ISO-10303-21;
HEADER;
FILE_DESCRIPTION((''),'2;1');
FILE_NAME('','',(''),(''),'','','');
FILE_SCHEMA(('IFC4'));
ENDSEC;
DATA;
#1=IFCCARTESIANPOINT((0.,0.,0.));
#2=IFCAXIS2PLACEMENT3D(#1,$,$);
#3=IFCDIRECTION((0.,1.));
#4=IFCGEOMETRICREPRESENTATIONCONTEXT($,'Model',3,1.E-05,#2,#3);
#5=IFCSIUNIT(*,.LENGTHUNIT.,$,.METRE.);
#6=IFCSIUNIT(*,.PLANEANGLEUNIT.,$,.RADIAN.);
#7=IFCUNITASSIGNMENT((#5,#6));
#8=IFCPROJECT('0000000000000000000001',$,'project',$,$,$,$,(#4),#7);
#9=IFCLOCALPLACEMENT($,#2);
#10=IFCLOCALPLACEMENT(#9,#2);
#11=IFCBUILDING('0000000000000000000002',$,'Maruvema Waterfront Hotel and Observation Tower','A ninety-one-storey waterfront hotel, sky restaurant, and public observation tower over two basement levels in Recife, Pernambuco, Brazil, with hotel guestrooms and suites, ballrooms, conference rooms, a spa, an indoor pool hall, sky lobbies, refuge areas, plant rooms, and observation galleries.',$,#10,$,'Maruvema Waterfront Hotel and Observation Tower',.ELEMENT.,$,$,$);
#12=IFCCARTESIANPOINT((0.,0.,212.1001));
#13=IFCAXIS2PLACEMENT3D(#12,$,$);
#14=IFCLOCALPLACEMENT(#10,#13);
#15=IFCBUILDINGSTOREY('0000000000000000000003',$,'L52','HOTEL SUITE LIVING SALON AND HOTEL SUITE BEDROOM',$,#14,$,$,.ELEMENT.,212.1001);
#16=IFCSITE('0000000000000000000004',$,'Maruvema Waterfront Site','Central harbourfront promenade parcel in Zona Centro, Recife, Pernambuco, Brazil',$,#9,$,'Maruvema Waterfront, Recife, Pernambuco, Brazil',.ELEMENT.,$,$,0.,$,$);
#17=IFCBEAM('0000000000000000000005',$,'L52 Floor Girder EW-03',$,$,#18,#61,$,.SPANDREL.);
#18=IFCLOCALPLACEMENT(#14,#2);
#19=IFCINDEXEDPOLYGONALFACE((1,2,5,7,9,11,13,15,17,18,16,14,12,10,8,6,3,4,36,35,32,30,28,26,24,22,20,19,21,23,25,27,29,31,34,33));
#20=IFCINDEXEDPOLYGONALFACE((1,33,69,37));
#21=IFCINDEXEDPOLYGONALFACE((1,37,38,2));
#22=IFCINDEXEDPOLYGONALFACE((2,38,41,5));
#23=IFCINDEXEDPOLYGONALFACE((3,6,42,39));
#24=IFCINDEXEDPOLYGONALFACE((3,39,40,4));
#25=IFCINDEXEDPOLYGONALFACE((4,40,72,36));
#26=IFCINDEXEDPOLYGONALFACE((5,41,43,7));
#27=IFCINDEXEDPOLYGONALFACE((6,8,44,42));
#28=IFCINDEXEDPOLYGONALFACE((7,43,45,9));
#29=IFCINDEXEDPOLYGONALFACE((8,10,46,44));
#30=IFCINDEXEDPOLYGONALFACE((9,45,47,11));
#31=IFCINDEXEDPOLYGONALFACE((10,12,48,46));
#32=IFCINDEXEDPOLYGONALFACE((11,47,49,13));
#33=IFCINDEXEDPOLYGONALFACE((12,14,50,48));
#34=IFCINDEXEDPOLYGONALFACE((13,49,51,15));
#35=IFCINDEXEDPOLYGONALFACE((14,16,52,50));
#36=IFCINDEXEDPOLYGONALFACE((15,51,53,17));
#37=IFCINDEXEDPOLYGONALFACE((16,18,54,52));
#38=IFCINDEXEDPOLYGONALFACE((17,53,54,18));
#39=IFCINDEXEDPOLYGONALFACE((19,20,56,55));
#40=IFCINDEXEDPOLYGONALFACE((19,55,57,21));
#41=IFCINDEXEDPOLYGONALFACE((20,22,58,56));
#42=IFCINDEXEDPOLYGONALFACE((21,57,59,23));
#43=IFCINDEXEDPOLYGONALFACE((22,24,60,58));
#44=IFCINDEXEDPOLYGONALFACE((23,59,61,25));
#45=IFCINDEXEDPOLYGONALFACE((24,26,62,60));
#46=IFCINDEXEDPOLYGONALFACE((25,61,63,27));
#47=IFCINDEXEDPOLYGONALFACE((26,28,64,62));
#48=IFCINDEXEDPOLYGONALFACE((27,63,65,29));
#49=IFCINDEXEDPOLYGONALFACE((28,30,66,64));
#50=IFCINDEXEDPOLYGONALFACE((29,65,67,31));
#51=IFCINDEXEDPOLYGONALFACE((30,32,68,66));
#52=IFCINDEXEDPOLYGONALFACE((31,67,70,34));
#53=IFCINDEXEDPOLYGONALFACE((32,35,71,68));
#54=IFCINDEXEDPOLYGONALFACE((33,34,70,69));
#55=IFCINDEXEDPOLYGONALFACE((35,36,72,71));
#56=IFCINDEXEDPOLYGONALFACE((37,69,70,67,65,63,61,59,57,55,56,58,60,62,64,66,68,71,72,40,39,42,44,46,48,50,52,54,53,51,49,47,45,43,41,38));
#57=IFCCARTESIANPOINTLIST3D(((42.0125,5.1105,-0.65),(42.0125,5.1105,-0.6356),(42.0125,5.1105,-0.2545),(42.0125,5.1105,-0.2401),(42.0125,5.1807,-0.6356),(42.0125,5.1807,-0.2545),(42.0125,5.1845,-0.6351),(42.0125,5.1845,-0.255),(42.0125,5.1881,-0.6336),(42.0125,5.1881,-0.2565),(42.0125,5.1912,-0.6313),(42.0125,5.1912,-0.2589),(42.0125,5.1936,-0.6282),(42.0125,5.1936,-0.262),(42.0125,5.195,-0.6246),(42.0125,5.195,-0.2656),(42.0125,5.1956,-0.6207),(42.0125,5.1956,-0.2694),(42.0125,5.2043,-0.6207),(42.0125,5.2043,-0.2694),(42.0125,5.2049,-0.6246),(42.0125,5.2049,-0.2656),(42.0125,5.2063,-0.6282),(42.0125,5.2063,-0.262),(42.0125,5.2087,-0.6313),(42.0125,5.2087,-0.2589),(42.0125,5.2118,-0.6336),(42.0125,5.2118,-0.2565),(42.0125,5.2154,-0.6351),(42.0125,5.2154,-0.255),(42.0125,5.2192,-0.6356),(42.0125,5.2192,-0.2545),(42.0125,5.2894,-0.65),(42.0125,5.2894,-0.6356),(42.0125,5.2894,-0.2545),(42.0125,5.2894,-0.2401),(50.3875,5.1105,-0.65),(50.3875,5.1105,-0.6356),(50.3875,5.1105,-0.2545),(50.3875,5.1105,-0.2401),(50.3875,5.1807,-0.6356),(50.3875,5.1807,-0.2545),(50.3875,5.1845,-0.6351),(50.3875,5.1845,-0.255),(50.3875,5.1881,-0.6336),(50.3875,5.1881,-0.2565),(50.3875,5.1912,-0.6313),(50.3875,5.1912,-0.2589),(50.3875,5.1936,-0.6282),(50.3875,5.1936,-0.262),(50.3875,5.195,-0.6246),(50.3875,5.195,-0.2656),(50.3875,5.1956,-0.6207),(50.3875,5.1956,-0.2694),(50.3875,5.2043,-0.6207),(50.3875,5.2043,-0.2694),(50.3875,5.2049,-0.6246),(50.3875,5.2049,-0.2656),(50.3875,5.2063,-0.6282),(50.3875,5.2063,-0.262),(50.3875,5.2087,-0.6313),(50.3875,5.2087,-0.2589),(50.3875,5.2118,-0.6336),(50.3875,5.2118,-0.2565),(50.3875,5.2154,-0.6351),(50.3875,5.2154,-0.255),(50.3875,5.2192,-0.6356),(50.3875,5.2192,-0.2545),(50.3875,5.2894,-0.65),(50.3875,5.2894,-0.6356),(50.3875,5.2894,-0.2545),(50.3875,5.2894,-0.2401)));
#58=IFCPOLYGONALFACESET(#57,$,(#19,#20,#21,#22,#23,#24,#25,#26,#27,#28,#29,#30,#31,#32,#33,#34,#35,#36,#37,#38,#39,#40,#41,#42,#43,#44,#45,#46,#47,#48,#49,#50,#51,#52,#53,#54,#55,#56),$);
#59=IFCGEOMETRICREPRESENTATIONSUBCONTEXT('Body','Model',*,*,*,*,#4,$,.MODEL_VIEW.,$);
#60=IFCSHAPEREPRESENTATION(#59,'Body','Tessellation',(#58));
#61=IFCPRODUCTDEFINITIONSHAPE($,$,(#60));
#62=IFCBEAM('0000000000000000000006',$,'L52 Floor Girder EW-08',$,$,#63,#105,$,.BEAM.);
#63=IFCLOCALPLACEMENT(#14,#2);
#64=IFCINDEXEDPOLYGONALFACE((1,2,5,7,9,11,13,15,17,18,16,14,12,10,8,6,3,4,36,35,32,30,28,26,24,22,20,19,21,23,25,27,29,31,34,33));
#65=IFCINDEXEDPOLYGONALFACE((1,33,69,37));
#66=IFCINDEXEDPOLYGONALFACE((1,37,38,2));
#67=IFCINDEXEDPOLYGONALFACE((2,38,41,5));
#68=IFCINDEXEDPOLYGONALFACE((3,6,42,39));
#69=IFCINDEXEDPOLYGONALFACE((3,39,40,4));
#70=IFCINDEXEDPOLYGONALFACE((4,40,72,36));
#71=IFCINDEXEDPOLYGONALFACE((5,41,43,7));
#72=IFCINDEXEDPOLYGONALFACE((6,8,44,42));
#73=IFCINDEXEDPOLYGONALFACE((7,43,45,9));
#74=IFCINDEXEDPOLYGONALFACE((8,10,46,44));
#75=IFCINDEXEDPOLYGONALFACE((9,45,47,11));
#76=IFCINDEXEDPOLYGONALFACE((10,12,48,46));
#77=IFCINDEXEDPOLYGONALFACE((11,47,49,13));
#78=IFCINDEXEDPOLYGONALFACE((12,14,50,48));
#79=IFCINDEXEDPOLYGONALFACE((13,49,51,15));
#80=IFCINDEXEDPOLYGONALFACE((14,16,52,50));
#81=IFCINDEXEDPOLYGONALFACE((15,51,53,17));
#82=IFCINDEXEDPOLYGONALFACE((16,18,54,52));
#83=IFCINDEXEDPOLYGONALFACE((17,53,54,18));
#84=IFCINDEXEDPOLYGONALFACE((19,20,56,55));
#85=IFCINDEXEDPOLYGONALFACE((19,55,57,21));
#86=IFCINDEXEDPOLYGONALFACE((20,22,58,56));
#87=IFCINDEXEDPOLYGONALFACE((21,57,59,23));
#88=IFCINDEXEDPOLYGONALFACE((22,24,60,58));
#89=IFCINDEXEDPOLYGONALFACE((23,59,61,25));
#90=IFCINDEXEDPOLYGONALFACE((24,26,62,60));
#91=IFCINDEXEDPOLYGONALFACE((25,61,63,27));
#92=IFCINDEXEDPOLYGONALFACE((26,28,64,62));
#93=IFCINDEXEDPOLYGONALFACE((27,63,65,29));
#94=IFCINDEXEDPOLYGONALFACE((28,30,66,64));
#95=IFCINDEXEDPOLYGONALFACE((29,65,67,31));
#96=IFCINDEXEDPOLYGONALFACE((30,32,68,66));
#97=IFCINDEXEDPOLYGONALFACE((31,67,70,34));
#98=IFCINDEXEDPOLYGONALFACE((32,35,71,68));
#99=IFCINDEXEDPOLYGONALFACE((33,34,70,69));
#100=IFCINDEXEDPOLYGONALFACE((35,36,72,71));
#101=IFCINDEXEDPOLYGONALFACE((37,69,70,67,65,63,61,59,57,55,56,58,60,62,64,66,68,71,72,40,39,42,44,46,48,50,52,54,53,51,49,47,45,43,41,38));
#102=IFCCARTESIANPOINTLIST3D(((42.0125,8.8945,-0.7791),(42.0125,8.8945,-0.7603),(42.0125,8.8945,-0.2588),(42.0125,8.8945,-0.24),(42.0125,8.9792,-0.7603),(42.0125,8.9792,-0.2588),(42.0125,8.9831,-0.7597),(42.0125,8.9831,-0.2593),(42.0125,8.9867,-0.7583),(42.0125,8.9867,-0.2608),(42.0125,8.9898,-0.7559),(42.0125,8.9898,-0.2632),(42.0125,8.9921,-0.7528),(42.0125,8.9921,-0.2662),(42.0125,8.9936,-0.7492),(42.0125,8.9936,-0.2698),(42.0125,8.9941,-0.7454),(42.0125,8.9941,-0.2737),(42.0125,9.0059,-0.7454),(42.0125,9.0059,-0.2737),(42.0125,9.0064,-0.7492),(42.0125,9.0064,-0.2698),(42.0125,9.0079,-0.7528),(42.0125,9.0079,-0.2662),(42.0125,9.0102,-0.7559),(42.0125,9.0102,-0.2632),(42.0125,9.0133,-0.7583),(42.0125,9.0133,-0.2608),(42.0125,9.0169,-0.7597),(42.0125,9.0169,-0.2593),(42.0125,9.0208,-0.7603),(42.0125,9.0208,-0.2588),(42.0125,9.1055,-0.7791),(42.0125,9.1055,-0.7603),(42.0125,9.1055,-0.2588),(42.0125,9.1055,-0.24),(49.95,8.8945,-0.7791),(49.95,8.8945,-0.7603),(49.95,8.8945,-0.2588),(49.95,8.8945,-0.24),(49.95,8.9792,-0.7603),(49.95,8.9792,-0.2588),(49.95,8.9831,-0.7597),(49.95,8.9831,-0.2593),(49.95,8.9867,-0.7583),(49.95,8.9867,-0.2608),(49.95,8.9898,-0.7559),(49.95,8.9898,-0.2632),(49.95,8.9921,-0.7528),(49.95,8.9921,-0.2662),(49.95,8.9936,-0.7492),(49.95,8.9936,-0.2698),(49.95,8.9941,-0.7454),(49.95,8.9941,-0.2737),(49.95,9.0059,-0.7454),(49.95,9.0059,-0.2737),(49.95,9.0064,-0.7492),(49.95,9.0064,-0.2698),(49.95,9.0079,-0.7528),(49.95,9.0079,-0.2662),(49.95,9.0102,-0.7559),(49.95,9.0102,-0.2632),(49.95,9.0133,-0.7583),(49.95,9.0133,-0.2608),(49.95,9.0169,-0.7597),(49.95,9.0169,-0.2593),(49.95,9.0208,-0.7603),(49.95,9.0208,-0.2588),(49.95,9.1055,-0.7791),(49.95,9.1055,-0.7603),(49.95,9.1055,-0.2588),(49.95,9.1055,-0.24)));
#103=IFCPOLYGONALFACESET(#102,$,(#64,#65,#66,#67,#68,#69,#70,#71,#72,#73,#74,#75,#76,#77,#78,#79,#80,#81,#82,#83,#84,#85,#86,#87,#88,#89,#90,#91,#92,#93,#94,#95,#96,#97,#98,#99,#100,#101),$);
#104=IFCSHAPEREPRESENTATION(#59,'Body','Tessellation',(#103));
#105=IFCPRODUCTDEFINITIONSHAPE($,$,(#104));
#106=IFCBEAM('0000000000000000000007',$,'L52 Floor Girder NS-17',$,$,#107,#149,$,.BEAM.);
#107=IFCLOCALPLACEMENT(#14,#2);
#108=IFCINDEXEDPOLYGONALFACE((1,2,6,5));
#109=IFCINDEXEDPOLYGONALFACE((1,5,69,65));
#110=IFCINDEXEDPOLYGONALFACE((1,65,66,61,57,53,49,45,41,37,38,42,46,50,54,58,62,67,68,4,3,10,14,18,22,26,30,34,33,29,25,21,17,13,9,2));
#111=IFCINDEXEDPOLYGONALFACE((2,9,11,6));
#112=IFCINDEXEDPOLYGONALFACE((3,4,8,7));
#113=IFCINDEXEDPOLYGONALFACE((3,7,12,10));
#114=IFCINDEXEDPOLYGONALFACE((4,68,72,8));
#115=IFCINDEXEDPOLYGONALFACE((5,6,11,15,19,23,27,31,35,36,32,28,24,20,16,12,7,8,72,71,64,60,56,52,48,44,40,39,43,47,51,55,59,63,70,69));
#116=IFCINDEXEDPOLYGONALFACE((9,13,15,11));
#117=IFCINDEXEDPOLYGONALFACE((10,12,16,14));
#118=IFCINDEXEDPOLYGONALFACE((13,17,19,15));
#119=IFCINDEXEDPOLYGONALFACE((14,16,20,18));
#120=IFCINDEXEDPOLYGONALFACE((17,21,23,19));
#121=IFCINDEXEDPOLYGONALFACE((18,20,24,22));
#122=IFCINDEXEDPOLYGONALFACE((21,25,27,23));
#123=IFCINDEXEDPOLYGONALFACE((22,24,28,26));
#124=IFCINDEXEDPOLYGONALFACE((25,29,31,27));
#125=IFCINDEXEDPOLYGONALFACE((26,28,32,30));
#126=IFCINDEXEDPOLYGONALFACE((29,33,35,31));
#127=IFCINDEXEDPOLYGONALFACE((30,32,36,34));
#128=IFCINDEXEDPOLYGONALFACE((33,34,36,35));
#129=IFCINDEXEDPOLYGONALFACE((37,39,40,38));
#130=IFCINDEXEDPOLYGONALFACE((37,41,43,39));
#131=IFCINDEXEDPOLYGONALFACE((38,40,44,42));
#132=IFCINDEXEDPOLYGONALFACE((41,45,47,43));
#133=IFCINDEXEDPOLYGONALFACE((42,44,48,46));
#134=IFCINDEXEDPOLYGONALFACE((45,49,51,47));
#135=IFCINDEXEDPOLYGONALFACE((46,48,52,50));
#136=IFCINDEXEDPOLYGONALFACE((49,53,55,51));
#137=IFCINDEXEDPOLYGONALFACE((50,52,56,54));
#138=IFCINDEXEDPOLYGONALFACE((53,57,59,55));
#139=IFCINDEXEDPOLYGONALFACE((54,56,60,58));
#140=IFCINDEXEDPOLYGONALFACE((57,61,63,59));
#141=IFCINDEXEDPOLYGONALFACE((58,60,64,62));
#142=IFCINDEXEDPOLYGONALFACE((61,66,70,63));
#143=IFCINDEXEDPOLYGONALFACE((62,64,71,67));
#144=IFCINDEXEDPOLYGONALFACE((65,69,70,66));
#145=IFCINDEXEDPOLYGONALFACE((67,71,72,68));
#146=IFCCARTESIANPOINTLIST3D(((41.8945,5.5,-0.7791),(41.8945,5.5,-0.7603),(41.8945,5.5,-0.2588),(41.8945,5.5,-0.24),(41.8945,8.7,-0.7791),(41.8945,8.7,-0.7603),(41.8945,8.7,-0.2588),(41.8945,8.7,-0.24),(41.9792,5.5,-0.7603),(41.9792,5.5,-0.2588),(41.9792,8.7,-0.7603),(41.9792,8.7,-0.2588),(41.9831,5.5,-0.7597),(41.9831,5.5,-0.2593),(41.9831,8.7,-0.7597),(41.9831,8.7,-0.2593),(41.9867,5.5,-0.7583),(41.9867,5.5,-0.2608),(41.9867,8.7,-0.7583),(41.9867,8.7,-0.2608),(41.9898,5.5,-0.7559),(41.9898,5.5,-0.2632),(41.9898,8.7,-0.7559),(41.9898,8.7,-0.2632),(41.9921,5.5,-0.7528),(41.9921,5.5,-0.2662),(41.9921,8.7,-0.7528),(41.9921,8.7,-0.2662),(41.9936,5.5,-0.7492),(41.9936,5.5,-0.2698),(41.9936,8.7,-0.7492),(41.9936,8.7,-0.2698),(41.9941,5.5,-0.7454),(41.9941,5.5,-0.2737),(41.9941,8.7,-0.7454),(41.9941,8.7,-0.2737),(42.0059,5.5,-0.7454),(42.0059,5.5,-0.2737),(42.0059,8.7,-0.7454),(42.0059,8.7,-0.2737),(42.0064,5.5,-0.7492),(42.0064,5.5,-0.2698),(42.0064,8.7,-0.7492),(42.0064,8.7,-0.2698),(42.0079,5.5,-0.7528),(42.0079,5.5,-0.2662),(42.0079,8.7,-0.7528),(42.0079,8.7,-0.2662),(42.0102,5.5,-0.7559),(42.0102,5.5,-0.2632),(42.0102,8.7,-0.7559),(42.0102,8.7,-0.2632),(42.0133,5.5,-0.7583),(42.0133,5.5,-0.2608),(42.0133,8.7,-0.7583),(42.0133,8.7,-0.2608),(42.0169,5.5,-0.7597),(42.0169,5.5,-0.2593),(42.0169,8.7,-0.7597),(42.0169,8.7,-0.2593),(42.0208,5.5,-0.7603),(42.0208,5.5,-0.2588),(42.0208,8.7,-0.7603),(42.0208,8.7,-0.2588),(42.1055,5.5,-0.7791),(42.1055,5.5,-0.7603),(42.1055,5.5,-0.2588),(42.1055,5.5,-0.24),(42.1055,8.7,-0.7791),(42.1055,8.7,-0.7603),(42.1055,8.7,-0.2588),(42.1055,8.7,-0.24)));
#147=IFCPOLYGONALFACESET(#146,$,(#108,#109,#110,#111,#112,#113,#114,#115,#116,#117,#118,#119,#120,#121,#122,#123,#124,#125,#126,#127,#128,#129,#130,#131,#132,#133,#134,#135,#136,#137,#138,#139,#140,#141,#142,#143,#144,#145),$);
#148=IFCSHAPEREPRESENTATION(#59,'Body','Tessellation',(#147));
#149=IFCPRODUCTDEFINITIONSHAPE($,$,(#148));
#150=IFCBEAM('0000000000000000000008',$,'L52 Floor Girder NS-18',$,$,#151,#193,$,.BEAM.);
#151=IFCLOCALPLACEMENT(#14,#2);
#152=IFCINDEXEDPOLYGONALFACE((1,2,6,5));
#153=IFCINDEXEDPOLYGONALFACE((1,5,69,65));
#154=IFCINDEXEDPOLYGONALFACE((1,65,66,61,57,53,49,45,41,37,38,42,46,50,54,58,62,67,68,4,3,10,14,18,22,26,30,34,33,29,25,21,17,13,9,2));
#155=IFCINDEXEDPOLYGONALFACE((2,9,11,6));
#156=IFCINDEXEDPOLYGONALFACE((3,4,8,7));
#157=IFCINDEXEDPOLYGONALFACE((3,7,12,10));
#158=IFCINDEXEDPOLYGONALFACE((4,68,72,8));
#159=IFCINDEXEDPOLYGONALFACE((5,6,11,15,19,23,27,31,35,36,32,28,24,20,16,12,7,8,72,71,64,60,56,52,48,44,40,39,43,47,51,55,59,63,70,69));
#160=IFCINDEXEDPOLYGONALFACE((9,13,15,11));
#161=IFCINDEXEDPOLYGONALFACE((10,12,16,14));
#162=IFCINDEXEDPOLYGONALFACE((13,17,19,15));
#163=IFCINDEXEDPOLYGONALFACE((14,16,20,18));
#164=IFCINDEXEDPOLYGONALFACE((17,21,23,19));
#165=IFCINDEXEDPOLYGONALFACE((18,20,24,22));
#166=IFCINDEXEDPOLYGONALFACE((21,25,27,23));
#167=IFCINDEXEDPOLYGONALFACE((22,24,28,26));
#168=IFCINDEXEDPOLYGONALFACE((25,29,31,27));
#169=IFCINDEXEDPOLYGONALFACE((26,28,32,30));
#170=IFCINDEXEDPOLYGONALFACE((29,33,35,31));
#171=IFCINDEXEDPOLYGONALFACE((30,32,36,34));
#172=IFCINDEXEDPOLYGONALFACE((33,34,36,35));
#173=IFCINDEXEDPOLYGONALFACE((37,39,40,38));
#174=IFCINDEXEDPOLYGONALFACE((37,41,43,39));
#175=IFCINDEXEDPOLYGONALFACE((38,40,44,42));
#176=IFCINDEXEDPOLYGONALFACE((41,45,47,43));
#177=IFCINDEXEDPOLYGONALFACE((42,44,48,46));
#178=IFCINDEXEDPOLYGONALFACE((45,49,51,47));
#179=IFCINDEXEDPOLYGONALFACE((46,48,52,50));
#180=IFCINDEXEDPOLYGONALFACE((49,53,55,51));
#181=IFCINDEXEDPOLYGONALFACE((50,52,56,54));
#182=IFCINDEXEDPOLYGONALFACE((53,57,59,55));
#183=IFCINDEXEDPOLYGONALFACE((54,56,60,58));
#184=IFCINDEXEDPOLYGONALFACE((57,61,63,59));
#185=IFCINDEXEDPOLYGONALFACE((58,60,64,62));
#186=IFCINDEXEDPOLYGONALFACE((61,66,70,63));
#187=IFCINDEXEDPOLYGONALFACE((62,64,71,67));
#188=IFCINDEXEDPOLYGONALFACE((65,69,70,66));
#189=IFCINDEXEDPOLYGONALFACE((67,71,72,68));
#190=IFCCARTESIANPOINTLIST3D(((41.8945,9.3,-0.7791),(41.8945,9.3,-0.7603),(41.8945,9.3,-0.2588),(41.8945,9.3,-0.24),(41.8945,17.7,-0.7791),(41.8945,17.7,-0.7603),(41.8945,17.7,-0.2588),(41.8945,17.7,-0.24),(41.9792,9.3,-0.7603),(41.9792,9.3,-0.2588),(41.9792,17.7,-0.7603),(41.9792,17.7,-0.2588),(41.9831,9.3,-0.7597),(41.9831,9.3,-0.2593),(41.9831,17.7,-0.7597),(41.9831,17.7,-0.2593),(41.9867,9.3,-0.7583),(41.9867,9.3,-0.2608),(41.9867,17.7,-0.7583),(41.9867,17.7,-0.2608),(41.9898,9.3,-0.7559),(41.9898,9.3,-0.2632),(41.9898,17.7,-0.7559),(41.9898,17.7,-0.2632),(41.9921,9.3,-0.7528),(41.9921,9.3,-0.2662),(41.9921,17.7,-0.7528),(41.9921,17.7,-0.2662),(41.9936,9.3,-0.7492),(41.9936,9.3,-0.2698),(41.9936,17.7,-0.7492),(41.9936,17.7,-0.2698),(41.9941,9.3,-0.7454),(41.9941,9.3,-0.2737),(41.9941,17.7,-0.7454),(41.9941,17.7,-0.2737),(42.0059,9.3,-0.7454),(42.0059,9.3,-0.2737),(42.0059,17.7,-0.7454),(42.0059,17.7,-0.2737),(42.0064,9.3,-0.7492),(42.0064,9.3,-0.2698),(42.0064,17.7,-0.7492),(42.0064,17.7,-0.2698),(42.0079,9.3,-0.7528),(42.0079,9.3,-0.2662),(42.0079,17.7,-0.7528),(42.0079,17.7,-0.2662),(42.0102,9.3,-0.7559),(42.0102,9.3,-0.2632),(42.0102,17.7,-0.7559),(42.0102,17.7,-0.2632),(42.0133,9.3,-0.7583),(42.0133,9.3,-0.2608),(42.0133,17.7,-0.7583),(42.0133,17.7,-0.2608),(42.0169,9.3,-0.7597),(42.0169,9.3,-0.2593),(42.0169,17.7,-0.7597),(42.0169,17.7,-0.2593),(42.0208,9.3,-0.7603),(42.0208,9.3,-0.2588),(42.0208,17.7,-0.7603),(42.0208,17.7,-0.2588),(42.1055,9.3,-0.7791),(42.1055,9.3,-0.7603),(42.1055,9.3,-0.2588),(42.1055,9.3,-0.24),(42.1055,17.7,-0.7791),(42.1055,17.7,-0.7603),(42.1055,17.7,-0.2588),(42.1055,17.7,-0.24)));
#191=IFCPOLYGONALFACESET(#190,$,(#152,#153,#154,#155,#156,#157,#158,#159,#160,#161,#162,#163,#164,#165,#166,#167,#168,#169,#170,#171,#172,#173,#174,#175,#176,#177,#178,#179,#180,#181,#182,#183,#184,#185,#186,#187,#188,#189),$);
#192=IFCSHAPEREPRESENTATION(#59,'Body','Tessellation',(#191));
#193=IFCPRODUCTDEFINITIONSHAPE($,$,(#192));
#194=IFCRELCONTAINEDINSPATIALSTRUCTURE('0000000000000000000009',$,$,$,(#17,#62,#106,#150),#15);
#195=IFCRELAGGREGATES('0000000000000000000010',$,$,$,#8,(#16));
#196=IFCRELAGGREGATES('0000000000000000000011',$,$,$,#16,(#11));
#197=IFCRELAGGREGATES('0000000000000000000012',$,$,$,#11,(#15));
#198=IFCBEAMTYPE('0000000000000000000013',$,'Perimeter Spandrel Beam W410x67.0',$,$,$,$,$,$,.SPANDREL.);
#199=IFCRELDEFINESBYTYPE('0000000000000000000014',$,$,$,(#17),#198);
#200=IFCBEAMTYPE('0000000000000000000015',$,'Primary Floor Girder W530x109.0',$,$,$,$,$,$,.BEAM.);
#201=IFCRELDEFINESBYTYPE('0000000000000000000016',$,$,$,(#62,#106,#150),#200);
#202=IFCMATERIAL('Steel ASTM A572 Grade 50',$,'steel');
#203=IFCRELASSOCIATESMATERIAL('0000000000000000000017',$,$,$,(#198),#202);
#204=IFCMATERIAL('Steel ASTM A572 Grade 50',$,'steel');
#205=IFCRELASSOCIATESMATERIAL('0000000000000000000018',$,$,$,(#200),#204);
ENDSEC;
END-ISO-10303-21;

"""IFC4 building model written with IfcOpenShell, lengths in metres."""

from ifc_helpers import new_model, si_unit, direction, frame, origin, origin_2d, place, context, subcontext, project, spatial, i_section, extrude, material, material_profile, profile_set, type_object, element, save


model = new_model("IFC4")

# Units and contexts
model_context = context("Model", 3, precision=1e-05, world=origin(), true_north=direction((0.0, 1.0)))
body_context = subcontext(model_context, "Body", "Model", "MODEL_VIEW")
ifc_project = project(units=[si_unit("LENGTHUNIT", "METRE"), si_unit("PLANEANGLEUNIT", "RADIAN")], contexts=[model_context])

# Site, building, storey
site_placement = place(None, origin())
site = spatial("IfcSite", under=ifc_project, at=site_placement, Name="Maruvema Waterfront Site", Description="Central harbourfront promenade parcel in Zona Centro, Recife, Pernambuco, Brazil", LongName="Maruvema Waterfront, Recife, Pernambuco, Brazil", CompositionType="ELEMENT", RefElevation=0.0)
building_placement = place(site_placement, origin())
building = spatial("IfcBuilding", under=site, at=building_placement, Name="Maruvema Waterfront Hotel and Observation Tower", Description="A ninety-one-storey waterfront hotel, sky restaurant, and public observation tower over two basement levels in Recife, Pernambuco, Brazil, with hotel guestrooms and suites, ballrooms, conference rooms, a spa, an indoor pool hall, sky lobbies, refuge areas, plant rooms, and observation galleries.", LongName="Maruvema Waterfront Hotel and Observation Tower", CompositionType="ELEMENT")
storey_placement = place(building_placement, frame((0.0, 0.0, 212.1001)))
storey = spatial("IfcBuildingStorey", under=building, at=storey_placement, Name="L52", Description="HOTEL SUITE LIVING SALON AND HOTEL SUITE BEDROOM", CompositionType="ELEMENT", Elevation=212.1001)

# Beams
ifc_material_1 = material(Name="Steel ASTM A572 Grade 50", Category="steel")
ifc_material_profile_1 = material_profile(ifc_material_1, i_section(OverallWidth=0.179, OverallDepth=0.4099, WebThickness=0.0088, FlangeThickness=0.0144, FilletRadius=0.0149, at=origin_2d()), Name="W410x67.0")
ifc_profile_set_1 = profile_set([ifc_material_profile_1], Name="Steel ASTM A572 Grade 50")
beam_type_1 = type_object("IfcBeamType", Name="Perimeter Spandrel Beam W410x67.0", PredefinedType="SPANDREL", material=ifc_profile_set_1)
beam_1_placement = place(storey_placement, frame((42.0125, 5.2, -0.4451), z_axis=(1.0, 0.0, 0.0), x_axis=(0.0, 1.0, 0.0)))
element("IfcBeam", 1, at=beam_1_placement, inside=storey, type_object=beam_type_1, Name="L52 Floor Girder EW-03", PredefinedType="SPANDREL", context=body_context, shape_type="SweptSolid", body=[
    extrude(i_section(OverallWidth=0.179, OverallDepth=0.4099, WebThickness=0.0088, FlangeThickness=0.0144, FilletRadius=0.0149, at=origin_2d()), origin(), (0.0, 0.0, 1.0), 8.375),
])
ifc_material_2 = material(Name="Steel ASTM A572 Grade 50", Category="steel")
ifc_material_profile_2 = material_profile(ifc_material_2, i_section(OverallWidth=0.2109, OverallDepth=0.5391, WebThickness=0.0117, FlangeThickness=0.0188, FilletRadius=0.0149, at=origin_2d()), Name="W530x109.0")
ifc_profile_set_2 = profile_set([ifc_material_profile_2], Name="Steel ASTM A572 Grade 50")
beam_type_2 = type_object("IfcBeamType", Name="Primary Floor Girder W530x109.0", PredefinedType="BEAM", material=ifc_profile_set_2)
beam_2_placement = place(storey_placement, frame((42.0125, 9.0, -0.5095), z_axis=(1.0, 0.0, 0.0), x_axis=(0.0, 1.0, 0.0)))
element("IfcBeam", 2, at=beam_2_placement, inside=storey, type_object=beam_type_2, Name="L52 Floor Girder EW-08", PredefinedType="BEAM", context=body_context, shape_type="SweptSolid", body=[
    extrude(i_section(OverallWidth=0.2109, OverallDepth=0.5391, WebThickness=0.0117, FlangeThickness=0.0188, FilletRadius=0.0149, at=origin_2d()), origin(), (0.0, 0.0, 1.0), 7.9375),
])
beam_3_placement = place(storey_placement, frame((42.0, 5.5, -0.5095), z_axis=(0.0, 1.0, 0.0), x_axis=(-1.0, 0.0, 0.0)))
element("IfcBeam", 3, at=beam_3_placement, inside=storey, type_object=beam_type_2, Name="L52 Floor Girder NS-17", PredefinedType="BEAM", context=body_context, shape_type="SweptSolid", body=[
    extrude(i_section(OverallWidth=0.2109, OverallDepth=0.5391, WebThickness=0.0117, FlangeThickness=0.0188, FilletRadius=0.0149, at=origin_2d()), origin(), (0.0, 0.0, 1.0), 3.2),
])
beam_4_placement = place(storey_placement, frame((42.0, 9.3, -0.5095), z_axis=(0.0, 1.0, 0.0), x_axis=(-1.0, 0.0, 0.0)))
element("IfcBeam", 4, at=beam_4_placement, inside=storey, type_object=beam_type_2, Name="L52 Floor Girder NS-18", PredefinedType="BEAM", context=body_context, shape_type="SweptSolid", body=[
    extrude(i_section(OverallWidth=0.2109, OverallDepth=0.5391, WebThickness=0.0117, FlangeThickness=0.0188, FilletRadius=0.0149, at=origin_2d()), origin(), (0.0, 0.0, 1.0), 8.3999),
])

save(model, "model.ifc")
